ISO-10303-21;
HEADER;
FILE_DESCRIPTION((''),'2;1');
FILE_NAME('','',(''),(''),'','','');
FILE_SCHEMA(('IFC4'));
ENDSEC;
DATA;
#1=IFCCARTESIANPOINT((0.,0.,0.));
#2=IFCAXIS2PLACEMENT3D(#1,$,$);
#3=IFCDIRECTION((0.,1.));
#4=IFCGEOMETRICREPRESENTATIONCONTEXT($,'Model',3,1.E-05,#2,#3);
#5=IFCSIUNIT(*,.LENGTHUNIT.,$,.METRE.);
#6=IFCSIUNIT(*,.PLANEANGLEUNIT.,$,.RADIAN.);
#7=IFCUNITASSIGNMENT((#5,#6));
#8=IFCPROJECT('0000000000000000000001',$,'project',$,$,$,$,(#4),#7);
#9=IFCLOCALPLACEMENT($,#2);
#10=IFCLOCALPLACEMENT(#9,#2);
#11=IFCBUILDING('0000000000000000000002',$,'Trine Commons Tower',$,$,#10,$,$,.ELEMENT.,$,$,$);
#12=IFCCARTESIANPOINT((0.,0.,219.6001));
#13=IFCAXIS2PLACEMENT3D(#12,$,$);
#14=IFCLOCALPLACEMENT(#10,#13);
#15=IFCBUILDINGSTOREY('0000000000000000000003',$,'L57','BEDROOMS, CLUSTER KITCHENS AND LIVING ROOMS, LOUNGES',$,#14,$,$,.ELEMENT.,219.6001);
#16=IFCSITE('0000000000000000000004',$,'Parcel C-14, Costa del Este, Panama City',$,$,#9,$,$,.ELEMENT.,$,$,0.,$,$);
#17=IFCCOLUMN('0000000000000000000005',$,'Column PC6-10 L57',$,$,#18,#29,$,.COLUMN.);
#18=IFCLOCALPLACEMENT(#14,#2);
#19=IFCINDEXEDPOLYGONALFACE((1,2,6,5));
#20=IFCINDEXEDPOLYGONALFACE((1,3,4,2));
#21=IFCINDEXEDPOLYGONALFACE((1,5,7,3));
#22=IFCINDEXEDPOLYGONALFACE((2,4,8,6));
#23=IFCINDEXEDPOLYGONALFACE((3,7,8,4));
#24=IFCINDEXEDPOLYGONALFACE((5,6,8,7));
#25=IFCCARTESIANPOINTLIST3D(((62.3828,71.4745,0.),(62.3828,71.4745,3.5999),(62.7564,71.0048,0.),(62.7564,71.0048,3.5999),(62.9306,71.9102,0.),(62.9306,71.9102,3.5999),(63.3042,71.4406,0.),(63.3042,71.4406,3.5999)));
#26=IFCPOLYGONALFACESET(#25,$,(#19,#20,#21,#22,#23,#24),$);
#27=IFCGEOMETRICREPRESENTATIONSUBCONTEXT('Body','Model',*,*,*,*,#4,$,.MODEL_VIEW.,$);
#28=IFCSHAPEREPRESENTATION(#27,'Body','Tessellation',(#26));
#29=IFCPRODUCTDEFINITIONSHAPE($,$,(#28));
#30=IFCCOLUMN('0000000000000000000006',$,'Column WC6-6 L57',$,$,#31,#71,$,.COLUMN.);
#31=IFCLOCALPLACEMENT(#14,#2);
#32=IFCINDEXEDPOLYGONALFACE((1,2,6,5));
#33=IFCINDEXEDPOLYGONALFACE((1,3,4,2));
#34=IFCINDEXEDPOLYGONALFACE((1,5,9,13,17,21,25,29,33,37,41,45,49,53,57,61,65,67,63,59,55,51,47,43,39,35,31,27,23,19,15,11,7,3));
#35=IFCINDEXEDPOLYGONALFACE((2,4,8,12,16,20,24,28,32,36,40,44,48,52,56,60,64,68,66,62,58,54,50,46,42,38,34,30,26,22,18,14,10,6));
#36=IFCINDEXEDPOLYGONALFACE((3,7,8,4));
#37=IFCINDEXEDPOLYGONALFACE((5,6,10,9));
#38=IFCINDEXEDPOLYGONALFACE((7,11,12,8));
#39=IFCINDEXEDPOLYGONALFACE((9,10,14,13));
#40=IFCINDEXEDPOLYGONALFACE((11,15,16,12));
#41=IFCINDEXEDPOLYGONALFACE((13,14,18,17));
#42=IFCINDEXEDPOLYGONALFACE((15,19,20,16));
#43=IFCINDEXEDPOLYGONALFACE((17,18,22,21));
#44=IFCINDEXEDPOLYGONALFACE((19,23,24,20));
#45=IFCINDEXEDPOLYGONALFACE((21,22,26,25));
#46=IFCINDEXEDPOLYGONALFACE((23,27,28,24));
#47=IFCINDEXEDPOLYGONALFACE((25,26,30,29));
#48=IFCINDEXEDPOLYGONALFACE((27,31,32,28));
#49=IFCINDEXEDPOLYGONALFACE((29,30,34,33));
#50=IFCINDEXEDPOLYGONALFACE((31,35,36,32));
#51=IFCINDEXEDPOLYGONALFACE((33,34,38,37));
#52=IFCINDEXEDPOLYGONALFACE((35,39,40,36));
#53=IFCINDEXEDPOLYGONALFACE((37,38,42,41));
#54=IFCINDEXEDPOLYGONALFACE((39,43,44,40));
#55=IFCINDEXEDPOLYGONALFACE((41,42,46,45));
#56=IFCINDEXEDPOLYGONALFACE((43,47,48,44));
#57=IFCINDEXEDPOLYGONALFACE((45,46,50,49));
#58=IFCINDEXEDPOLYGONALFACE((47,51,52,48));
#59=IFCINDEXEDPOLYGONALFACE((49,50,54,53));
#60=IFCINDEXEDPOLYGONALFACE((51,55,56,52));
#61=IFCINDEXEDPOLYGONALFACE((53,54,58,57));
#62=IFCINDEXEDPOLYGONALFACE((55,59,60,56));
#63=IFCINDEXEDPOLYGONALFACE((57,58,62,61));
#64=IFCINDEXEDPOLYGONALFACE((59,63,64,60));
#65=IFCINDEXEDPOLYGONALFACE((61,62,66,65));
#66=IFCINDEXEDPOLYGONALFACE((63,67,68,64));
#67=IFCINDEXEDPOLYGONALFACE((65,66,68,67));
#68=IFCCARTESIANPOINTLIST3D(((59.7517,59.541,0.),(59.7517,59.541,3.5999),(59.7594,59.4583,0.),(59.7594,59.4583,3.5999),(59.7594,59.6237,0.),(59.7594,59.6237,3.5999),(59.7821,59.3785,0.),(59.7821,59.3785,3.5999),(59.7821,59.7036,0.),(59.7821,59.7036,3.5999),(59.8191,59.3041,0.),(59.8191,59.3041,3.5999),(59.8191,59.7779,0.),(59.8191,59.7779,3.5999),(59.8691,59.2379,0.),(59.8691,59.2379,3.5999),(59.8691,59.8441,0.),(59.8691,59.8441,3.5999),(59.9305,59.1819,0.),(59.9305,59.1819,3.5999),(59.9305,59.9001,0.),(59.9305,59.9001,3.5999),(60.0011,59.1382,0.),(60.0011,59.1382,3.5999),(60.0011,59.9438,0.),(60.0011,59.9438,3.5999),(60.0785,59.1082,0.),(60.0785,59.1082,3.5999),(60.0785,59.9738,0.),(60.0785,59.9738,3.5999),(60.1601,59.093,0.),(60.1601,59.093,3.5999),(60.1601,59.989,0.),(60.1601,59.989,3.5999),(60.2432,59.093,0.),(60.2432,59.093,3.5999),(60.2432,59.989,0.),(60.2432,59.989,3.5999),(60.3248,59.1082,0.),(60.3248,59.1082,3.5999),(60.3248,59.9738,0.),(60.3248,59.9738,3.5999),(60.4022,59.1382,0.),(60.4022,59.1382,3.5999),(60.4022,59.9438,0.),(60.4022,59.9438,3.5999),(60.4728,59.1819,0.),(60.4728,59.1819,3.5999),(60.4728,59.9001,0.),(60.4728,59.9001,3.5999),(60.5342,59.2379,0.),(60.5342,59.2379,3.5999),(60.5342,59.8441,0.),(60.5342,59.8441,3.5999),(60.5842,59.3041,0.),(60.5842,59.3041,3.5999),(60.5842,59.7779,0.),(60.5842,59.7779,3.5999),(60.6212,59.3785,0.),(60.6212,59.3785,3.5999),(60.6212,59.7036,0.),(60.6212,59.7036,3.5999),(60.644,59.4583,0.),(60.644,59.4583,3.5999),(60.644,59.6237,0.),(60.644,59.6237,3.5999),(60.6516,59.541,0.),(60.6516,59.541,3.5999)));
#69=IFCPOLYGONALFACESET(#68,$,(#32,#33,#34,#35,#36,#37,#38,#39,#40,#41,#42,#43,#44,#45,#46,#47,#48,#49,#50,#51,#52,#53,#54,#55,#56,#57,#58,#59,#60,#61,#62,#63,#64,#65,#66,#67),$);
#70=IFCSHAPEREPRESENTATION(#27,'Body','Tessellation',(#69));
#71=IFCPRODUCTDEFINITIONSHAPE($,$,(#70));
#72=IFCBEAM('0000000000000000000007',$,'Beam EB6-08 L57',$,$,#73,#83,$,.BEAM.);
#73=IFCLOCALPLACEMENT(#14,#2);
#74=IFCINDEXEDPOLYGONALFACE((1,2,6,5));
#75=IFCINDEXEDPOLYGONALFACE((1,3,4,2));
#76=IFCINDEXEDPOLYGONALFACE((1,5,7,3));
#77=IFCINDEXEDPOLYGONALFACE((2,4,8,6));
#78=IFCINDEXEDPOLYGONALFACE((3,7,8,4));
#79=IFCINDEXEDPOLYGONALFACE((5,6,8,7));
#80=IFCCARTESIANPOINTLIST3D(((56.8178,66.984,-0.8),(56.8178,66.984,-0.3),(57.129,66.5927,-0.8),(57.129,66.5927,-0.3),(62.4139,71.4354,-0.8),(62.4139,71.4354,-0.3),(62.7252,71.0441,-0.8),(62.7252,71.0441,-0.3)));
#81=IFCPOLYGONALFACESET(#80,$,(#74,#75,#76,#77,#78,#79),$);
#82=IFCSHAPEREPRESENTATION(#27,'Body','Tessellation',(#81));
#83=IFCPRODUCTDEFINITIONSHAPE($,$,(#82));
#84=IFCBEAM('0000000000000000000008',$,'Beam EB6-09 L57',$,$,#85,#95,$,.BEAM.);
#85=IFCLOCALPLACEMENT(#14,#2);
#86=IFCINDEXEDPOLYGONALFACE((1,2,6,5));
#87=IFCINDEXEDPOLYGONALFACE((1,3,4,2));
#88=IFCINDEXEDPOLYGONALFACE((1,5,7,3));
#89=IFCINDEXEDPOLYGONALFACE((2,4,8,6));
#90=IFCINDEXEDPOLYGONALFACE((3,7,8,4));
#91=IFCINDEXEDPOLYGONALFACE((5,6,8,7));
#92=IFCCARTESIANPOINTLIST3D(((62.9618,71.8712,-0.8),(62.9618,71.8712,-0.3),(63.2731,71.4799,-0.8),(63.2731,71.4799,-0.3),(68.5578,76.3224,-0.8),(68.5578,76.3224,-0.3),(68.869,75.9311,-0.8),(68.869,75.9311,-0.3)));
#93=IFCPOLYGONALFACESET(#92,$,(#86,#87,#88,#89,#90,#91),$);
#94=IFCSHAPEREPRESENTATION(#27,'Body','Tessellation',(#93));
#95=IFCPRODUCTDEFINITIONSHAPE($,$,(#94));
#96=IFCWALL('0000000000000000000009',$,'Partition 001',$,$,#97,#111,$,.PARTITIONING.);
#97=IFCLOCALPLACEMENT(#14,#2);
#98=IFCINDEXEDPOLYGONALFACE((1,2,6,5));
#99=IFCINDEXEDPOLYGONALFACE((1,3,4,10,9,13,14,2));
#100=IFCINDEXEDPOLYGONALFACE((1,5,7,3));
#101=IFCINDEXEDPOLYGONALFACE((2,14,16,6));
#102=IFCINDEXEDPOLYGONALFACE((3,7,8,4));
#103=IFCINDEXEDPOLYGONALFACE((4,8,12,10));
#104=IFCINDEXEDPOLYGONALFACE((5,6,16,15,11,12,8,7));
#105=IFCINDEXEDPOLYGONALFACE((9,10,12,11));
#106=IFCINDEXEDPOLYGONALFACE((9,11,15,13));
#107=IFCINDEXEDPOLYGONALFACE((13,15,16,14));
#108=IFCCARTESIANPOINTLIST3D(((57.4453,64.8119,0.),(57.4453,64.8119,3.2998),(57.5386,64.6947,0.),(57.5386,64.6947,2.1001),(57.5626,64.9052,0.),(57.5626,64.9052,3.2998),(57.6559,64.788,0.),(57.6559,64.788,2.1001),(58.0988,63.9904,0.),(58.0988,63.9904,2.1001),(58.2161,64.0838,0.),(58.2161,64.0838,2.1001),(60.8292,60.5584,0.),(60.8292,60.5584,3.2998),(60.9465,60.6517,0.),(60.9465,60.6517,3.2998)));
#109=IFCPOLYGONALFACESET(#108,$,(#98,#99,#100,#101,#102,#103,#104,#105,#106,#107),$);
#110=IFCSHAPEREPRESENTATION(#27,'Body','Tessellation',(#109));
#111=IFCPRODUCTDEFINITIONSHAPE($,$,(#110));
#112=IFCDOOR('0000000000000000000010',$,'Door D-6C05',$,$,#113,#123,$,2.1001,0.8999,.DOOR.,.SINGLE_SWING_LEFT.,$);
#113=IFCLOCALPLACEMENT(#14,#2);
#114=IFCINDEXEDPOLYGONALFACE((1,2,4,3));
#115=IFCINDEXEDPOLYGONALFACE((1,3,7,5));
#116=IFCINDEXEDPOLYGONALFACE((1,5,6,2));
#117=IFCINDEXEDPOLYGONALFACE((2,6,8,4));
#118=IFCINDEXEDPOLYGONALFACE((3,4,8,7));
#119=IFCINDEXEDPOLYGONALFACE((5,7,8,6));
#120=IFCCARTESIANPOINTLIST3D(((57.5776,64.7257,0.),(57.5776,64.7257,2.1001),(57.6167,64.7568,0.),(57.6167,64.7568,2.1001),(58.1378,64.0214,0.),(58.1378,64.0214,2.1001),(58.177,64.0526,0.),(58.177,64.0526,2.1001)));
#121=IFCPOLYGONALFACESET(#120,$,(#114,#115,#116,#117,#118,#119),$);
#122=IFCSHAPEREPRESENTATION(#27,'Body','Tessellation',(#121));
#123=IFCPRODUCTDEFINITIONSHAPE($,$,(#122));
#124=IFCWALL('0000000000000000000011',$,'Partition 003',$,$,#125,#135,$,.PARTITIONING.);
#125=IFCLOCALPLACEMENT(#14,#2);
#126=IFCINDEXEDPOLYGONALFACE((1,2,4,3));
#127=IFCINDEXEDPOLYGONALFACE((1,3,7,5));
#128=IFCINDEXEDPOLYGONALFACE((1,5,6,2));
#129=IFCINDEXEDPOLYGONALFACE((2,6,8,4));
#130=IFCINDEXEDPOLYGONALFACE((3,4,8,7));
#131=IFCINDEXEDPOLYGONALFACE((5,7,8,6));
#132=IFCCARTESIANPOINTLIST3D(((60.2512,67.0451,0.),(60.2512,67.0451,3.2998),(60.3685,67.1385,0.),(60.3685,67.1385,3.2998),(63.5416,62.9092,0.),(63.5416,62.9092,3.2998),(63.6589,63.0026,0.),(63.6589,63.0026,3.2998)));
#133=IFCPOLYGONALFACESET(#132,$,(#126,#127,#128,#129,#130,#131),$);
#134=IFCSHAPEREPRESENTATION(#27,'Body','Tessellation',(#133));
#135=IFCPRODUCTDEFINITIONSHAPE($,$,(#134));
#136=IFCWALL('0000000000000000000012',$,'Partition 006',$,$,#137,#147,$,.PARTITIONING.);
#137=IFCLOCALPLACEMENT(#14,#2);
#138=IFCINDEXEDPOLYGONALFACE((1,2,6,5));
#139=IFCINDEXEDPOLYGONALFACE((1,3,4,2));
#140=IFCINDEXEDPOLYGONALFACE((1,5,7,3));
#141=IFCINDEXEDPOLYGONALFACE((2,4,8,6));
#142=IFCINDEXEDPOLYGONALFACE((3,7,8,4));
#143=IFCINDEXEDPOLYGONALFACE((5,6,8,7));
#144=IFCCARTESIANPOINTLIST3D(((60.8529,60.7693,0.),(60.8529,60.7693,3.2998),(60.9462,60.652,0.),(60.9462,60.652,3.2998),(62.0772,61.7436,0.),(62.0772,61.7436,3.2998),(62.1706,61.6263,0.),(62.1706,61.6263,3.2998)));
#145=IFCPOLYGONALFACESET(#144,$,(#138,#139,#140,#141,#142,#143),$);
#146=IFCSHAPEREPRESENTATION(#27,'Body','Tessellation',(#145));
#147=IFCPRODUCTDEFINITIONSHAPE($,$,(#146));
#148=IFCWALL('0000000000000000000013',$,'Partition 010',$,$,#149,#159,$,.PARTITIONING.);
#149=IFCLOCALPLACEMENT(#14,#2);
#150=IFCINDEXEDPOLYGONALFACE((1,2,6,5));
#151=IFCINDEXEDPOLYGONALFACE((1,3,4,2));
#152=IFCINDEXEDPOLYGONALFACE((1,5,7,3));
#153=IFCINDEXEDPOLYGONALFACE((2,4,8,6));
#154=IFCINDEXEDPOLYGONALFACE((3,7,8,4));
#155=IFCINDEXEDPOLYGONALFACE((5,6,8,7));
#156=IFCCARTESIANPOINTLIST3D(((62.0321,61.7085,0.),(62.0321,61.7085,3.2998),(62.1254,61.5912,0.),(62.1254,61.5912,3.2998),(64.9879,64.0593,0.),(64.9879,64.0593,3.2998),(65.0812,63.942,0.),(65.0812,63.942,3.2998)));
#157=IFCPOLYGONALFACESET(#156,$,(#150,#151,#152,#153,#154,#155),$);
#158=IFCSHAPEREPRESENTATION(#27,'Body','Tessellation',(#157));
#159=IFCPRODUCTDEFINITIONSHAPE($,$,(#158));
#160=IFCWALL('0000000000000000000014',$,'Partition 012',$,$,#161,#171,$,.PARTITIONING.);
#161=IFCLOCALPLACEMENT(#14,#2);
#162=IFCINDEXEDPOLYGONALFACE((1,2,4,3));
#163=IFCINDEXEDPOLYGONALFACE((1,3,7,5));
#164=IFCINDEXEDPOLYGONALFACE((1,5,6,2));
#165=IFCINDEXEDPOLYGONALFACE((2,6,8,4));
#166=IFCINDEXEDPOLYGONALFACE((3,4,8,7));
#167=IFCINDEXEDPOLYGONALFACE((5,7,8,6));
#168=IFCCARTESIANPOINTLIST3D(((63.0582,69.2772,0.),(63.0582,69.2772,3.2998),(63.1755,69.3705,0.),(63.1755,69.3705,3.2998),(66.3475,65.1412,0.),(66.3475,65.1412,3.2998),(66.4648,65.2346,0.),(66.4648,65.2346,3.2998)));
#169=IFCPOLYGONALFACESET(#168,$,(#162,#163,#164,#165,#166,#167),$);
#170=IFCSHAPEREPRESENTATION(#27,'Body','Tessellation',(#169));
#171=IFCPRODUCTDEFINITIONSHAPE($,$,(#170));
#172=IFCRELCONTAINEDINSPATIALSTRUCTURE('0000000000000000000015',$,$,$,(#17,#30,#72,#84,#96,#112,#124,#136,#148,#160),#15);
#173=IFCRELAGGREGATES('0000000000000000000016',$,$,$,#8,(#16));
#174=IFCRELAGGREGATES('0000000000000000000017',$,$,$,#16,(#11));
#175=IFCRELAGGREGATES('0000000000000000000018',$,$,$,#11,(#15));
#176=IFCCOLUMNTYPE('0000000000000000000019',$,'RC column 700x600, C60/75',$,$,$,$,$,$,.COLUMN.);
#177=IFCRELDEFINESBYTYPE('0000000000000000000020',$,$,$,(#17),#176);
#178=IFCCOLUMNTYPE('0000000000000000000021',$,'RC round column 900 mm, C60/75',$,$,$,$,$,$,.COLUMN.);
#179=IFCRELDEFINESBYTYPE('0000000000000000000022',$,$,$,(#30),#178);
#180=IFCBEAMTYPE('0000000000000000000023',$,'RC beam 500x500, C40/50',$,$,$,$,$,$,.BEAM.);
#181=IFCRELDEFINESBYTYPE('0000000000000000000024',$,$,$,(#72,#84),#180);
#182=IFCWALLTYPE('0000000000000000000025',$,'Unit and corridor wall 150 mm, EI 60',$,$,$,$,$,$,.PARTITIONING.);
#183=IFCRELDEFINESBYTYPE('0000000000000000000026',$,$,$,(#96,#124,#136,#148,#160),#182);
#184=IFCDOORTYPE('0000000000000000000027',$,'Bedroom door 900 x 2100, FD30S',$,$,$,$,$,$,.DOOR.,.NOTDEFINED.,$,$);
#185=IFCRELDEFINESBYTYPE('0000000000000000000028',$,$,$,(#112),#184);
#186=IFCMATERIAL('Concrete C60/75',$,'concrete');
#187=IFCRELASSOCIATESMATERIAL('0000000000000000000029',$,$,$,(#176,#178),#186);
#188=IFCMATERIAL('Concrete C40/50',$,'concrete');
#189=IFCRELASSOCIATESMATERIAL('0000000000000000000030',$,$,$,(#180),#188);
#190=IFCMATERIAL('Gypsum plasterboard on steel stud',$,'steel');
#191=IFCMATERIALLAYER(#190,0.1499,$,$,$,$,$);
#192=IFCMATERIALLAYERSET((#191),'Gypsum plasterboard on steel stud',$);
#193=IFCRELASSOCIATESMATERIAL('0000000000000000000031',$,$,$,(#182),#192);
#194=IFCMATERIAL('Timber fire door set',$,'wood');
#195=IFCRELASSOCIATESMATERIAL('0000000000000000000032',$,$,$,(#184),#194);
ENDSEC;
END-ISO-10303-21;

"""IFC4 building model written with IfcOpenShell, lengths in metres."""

from ifc_helpers import new_model, si_unit, direction, frame, frame_2d, origin, origin_2d, place, context, subcontext, project, spatial, rectangle, circle, extrude, material, layer, layer_set, material_profile, profile_set, type_object, element, fill, save


model = new_model("IFC4")

# Units and contexts
model_context = context("Model", 3, precision=1e-05, world=origin(), true_north=direction((0.0, 1.0)))
body_context = subcontext(model_context, "Body", "Model", "MODEL_VIEW")
ifc_project = project(units=[si_unit("LENGTHUNIT", "METRE"), si_unit("PLANEANGLEUNIT", "RADIAN")], contexts=[model_context])

# Site, building, storey
site_placement = place(None, origin())
site = spatial("IfcSite", under=ifc_project, at=site_placement, Name="Parcel C-14, Costa del Este, Panama City", CompositionType="ELEMENT", RefElevation=0.0)
building_placement = place(site_placement, origin())
building = spatial("IfcBuilding", under=site, at=building_placement, Name="Trine Commons Tower", CompositionType="ELEMENT")
storey_placement = place(building_placement, frame((0.0, 0.0, 219.6001)))
storey = spatial("IfcBuildingStorey", under=building, at=storey_placement, Name="L57", Description="BEDROOMS, CLUSTER KITCHENS AND LIVING ROOMS, LOUNGES", CompositionType="ELEMENT", Elevation=219.6001)

# Columns
ifc_material_1 = material(Name="Concrete C60/75", Category="concrete")
ifc_material_profile_1 = material_profile(ifc_material_1, rectangle(XDim=0.7, YDim=0.6001, at=origin_2d()), Name="RC 700x600")
ifc_profile_set_1 = profile_set([ifc_material_profile_1], Name="Concrete C60/75")
column_type_1 = type_object("IfcColumnType", Name="RC column 700x600, C60/75", PredefinedType="COLUMN", material=ifc_profile_set_1)
column_1_placement = place(storey_placement, frame((62.8435, 71.4575, 0.0), z_axis=(0.0, 0.0, 1.0), x_axis=(0.782608, 0.622515, 0.0)))
element("IfcColumn", 1, at=column_1_placement, inside=storey, type_object=column_type_1, Name="Column PC6-10 L57", PredefinedType="COLUMN", context=body_context, shape_type="SweptSolid", body=[
    extrude(rectangle(XDim=0.7, YDim=0.6001, at=origin_2d()), origin(), (0.0, 0.0, 1.0), 3.5999),
])
ifc_material_profile_2 = material_profile(ifc_material_1, circle(Radius=0.45, at=origin_2d()), Name="RC round 900")
ifc_profile_set_2 = profile_set([ifc_material_profile_2], Name="Concrete C60/75")
column_type_2 = type_object("IfcColumnType", Name="RC round column 900 mm, C60/75", PredefinedType="COLUMN", material=ifc_profile_set_2)
column_2_placement = place(storey_placement, frame((60.2017, 59.541, 0.0), z_axis=(0.0, 0.0, 1.0), x_axis=(1.0, 0.0, 0.0)))
element("IfcColumn", 2, at=column_2_placement, inside=storey, type_object=column_type_2, Name="Column WC6-6 L57", PredefinedType="COLUMN", context=body_context, shape_type="SweptSolid", body=[
    extrude(circle(Radius=0.45, at=origin_2d()), origin(), (0.0, 0.0, 1.0), 3.5999),
])

# Beams
ifc_material_2 = material(Name="Concrete C40/50", Category="concrete")
ifc_material_profile_3 = material_profile(ifc_material_2, rectangle(XDim=0.5, YDim=0.5, at=origin_2d()), Name="RC 500x500")
ifc_profile_set_3 = profile_set([ifc_material_profile_3], Name="Concrete C40/50")
beam_type = type_object("IfcBeamType", Name="RC beam 500x500, C40/50", PredefinedType="BEAM", material=ifc_profile_set_3)
beam_1_placement = place(storey_placement, frame((56.9734, 66.7883, -0.55), z_axis=(0.782608, 0.622515, 0.0), x_axis=(-0.622515, 0.782608, 0.0)))
element("IfcBeam", 3, at=beam_1_placement, inside=storey, type_object=beam_type, Name="Beam EB6-08 L57", PredefinedType="BEAM", context=body_context, shape_type="SweptSolid", body=[
    extrude(rectangle(XDim=0.5, YDim=0.5, at=origin_2d()), origin(), (0.0, 0.0, 1.0), 7.1506),
])
beam_2_placement = place(storey_placement, frame((63.1174, 71.6755, -0.55), z_axis=(0.782611, 0.622511, 0.0), x_axis=(-0.622511, 0.782611, 0.0)))
element("IfcBeam", 4, at=beam_2_placement, inside=storey, type_object=beam_type, Name="Beam EB6-09 L57", PredefinedType="BEAM", context=body_context, shape_type="SweptSolid", body=[
    extrude(rectangle(XDim=0.5, YDim=0.5, at=origin_2d()), origin(), (0.0, 0.0, 1.0), 7.1504),
])

# Wall, opening, door
ifc_material_3 = material(Name="Gypsum plasterboard on steel stud", Category="steel")
ifc_layer_1 = layer(ifc_material_3, 0.1499)
ifc_layer_set_1 = layer_set([ifc_layer_1], Name="Gypsum plasterboard on steel stud")
wall_type_1 = type_object("IfcWallType", Name="Unit and corridor wall 150 mm, EI 60", PredefinedType="PARTITIONING", material=ifc_layer_set_1)
wall_1_placement = place(storey_placement, frame((57.5039, 64.8586, 0.0), z_axis=(0.0, 0.0, 1.0), x_axis=(0.622567, -0.782566, 0.0)))
wall_1 = element("IfcWall", 5, at=wall_1_placement, inside=storey, type_object=wall_type_1, Name="Partition 001", PredefinedType="PARTITIONING", context=body_context, shape_type="SweptSolid", body=[
    extrude(rectangle(XDim=5.4353, YDim=0.1499, at=frame_2d((2.7178, 0.0))), origin(), (0.0, 0.0, 1.0), 3.2998),
])
opening_1_placement = place(wall_1_placement, frame((0.1499, 0.0, 0.0)))
opening_1 = element("IfcOpeningElement", 6, at=opening_1_placement, cuts=wall_1, PredefinedType="OPENING", context=body_context, shape_type="SweptSolid", body=[
    extrude(rectangle(XDim=0.8999, YDim=2.1001, at=frame_2d((0.45, 1.05))), frame((0.0, 0.085, 0.0), z_axis=(0.0, -1.0, 0.0), x_axis=(1.0, 0.0, 0.0)), (0.0, 0.0, 1.0), 0.1699),
])
ifc_material_4 = material(Name="Timber fire door set", Category="wood")
door_type_1 = type_object("IfcDoorType", Name="Bedroom door 900 x 2100, FD30S", OperationType="NOTDEFINED", PredefinedType="DOOR", material=ifc_material_4)
door_1_placement = place(opening_1_placement, origin())
door_1 = element("IfcDoor", 7, at=door_1_placement, inside=storey, type_object=door_type_1, Name="Door D-6C05", OperationType="SINGLE_SWING_LEFT", OverallHeight=2.1001, OverallWidth=0.8999, PredefinedType="DOOR", context=body_context, shape_type="SweptSolid", body=[
    extrude(rectangle(XDim=0.8999, YDim=2.1001, at=frame_2d((0.45, 1.05))), frame((0.0, 0.0249, 0.0), z_axis=(0.0, -1.0, 0.0), x_axis=(1.0, 0.0, 0.0)), (0.0, 0.0, 1.0), 0.05),
])
fill(opening_1, door_1)

# Walls
wall_2_placement = place(storey_placement, frame((60.3098, 67.0918, 0.0), z_axis=(0.0, 0.0, 1.0), x_axis=(0.622586, -0.782551, 0.0)))
element("IfcWall", 8, at=wall_2_placement, inside=storey, type_object=wall_type_1, Name="Partition 003", PredefinedType="PARTITIONING", context=body_context, shape_type="SweptSolid", body=[
    extrude(rectangle(XDim=5.2852, YDim=0.1499, at=frame_2d((2.6426, 0.0))), origin(), (0.0, 0.0, 1.0), 3.2998),
])
wall_3_placement = place(storey_placement, frame((60.8997, 60.7107, 0.0), z_axis=(0.0, 0.0, 1.0), x_axis=(0.782465, 0.622695, 0.0)))
element("IfcWall", 9, at=wall_3_placement, inside=storey, type_object=wall_type_1, Name="Partition 006", PredefinedType="PARTITIONING", context=body_context, shape_type="SweptSolid", body=[
    extrude(rectangle(XDim=1.5647, YDim=0.1499, at=frame_2d((0.7822, 0.0))), origin(), (0.0, 0.0, 1.0), 3.2998),
])
wall_4_placement = place(storey_placement, frame((62.0789, 61.6499, 0.0), z_axis=(0.0, 0.0, 1.0), x_axis=(0.78265, 0.622461, 0.0)))
element("IfcWall", 10, at=wall_4_placement, inside=storey, type_object=wall_type_1, Name="Partition 010", PredefinedType="PARTITIONING", context=body_context, shape_type="SweptSolid", body=[
    extrude(rectangle(XDim=3.7766, YDim=0.1499, at=frame_2d((1.8882, 0.0))), origin(), (0.0, 0.0, 1.0), 3.2998),
])
wall_5_placement = place(storey_placement, frame((63.1169, 69.3237, 0.0), z_axis=(0.0, 0.0, 1.0), x_axis=(0.622444, -0.782664, 0.0)))
element("IfcWall", 11, at=wall_5_placement, inside=storey, type_object=wall_type_1, Name="Partition 012", PredefinedType="PARTITIONING", context=body_context, shape_type="SweptSolid", body=[
    extrude(rectangle(XDim=5.2844, YDim=0.1499, at=frame_2d((2.6421, 0.0))), origin(), (0.0, 0.0, 1.0), 3.2998),
])

save(model, "model.ifc")
